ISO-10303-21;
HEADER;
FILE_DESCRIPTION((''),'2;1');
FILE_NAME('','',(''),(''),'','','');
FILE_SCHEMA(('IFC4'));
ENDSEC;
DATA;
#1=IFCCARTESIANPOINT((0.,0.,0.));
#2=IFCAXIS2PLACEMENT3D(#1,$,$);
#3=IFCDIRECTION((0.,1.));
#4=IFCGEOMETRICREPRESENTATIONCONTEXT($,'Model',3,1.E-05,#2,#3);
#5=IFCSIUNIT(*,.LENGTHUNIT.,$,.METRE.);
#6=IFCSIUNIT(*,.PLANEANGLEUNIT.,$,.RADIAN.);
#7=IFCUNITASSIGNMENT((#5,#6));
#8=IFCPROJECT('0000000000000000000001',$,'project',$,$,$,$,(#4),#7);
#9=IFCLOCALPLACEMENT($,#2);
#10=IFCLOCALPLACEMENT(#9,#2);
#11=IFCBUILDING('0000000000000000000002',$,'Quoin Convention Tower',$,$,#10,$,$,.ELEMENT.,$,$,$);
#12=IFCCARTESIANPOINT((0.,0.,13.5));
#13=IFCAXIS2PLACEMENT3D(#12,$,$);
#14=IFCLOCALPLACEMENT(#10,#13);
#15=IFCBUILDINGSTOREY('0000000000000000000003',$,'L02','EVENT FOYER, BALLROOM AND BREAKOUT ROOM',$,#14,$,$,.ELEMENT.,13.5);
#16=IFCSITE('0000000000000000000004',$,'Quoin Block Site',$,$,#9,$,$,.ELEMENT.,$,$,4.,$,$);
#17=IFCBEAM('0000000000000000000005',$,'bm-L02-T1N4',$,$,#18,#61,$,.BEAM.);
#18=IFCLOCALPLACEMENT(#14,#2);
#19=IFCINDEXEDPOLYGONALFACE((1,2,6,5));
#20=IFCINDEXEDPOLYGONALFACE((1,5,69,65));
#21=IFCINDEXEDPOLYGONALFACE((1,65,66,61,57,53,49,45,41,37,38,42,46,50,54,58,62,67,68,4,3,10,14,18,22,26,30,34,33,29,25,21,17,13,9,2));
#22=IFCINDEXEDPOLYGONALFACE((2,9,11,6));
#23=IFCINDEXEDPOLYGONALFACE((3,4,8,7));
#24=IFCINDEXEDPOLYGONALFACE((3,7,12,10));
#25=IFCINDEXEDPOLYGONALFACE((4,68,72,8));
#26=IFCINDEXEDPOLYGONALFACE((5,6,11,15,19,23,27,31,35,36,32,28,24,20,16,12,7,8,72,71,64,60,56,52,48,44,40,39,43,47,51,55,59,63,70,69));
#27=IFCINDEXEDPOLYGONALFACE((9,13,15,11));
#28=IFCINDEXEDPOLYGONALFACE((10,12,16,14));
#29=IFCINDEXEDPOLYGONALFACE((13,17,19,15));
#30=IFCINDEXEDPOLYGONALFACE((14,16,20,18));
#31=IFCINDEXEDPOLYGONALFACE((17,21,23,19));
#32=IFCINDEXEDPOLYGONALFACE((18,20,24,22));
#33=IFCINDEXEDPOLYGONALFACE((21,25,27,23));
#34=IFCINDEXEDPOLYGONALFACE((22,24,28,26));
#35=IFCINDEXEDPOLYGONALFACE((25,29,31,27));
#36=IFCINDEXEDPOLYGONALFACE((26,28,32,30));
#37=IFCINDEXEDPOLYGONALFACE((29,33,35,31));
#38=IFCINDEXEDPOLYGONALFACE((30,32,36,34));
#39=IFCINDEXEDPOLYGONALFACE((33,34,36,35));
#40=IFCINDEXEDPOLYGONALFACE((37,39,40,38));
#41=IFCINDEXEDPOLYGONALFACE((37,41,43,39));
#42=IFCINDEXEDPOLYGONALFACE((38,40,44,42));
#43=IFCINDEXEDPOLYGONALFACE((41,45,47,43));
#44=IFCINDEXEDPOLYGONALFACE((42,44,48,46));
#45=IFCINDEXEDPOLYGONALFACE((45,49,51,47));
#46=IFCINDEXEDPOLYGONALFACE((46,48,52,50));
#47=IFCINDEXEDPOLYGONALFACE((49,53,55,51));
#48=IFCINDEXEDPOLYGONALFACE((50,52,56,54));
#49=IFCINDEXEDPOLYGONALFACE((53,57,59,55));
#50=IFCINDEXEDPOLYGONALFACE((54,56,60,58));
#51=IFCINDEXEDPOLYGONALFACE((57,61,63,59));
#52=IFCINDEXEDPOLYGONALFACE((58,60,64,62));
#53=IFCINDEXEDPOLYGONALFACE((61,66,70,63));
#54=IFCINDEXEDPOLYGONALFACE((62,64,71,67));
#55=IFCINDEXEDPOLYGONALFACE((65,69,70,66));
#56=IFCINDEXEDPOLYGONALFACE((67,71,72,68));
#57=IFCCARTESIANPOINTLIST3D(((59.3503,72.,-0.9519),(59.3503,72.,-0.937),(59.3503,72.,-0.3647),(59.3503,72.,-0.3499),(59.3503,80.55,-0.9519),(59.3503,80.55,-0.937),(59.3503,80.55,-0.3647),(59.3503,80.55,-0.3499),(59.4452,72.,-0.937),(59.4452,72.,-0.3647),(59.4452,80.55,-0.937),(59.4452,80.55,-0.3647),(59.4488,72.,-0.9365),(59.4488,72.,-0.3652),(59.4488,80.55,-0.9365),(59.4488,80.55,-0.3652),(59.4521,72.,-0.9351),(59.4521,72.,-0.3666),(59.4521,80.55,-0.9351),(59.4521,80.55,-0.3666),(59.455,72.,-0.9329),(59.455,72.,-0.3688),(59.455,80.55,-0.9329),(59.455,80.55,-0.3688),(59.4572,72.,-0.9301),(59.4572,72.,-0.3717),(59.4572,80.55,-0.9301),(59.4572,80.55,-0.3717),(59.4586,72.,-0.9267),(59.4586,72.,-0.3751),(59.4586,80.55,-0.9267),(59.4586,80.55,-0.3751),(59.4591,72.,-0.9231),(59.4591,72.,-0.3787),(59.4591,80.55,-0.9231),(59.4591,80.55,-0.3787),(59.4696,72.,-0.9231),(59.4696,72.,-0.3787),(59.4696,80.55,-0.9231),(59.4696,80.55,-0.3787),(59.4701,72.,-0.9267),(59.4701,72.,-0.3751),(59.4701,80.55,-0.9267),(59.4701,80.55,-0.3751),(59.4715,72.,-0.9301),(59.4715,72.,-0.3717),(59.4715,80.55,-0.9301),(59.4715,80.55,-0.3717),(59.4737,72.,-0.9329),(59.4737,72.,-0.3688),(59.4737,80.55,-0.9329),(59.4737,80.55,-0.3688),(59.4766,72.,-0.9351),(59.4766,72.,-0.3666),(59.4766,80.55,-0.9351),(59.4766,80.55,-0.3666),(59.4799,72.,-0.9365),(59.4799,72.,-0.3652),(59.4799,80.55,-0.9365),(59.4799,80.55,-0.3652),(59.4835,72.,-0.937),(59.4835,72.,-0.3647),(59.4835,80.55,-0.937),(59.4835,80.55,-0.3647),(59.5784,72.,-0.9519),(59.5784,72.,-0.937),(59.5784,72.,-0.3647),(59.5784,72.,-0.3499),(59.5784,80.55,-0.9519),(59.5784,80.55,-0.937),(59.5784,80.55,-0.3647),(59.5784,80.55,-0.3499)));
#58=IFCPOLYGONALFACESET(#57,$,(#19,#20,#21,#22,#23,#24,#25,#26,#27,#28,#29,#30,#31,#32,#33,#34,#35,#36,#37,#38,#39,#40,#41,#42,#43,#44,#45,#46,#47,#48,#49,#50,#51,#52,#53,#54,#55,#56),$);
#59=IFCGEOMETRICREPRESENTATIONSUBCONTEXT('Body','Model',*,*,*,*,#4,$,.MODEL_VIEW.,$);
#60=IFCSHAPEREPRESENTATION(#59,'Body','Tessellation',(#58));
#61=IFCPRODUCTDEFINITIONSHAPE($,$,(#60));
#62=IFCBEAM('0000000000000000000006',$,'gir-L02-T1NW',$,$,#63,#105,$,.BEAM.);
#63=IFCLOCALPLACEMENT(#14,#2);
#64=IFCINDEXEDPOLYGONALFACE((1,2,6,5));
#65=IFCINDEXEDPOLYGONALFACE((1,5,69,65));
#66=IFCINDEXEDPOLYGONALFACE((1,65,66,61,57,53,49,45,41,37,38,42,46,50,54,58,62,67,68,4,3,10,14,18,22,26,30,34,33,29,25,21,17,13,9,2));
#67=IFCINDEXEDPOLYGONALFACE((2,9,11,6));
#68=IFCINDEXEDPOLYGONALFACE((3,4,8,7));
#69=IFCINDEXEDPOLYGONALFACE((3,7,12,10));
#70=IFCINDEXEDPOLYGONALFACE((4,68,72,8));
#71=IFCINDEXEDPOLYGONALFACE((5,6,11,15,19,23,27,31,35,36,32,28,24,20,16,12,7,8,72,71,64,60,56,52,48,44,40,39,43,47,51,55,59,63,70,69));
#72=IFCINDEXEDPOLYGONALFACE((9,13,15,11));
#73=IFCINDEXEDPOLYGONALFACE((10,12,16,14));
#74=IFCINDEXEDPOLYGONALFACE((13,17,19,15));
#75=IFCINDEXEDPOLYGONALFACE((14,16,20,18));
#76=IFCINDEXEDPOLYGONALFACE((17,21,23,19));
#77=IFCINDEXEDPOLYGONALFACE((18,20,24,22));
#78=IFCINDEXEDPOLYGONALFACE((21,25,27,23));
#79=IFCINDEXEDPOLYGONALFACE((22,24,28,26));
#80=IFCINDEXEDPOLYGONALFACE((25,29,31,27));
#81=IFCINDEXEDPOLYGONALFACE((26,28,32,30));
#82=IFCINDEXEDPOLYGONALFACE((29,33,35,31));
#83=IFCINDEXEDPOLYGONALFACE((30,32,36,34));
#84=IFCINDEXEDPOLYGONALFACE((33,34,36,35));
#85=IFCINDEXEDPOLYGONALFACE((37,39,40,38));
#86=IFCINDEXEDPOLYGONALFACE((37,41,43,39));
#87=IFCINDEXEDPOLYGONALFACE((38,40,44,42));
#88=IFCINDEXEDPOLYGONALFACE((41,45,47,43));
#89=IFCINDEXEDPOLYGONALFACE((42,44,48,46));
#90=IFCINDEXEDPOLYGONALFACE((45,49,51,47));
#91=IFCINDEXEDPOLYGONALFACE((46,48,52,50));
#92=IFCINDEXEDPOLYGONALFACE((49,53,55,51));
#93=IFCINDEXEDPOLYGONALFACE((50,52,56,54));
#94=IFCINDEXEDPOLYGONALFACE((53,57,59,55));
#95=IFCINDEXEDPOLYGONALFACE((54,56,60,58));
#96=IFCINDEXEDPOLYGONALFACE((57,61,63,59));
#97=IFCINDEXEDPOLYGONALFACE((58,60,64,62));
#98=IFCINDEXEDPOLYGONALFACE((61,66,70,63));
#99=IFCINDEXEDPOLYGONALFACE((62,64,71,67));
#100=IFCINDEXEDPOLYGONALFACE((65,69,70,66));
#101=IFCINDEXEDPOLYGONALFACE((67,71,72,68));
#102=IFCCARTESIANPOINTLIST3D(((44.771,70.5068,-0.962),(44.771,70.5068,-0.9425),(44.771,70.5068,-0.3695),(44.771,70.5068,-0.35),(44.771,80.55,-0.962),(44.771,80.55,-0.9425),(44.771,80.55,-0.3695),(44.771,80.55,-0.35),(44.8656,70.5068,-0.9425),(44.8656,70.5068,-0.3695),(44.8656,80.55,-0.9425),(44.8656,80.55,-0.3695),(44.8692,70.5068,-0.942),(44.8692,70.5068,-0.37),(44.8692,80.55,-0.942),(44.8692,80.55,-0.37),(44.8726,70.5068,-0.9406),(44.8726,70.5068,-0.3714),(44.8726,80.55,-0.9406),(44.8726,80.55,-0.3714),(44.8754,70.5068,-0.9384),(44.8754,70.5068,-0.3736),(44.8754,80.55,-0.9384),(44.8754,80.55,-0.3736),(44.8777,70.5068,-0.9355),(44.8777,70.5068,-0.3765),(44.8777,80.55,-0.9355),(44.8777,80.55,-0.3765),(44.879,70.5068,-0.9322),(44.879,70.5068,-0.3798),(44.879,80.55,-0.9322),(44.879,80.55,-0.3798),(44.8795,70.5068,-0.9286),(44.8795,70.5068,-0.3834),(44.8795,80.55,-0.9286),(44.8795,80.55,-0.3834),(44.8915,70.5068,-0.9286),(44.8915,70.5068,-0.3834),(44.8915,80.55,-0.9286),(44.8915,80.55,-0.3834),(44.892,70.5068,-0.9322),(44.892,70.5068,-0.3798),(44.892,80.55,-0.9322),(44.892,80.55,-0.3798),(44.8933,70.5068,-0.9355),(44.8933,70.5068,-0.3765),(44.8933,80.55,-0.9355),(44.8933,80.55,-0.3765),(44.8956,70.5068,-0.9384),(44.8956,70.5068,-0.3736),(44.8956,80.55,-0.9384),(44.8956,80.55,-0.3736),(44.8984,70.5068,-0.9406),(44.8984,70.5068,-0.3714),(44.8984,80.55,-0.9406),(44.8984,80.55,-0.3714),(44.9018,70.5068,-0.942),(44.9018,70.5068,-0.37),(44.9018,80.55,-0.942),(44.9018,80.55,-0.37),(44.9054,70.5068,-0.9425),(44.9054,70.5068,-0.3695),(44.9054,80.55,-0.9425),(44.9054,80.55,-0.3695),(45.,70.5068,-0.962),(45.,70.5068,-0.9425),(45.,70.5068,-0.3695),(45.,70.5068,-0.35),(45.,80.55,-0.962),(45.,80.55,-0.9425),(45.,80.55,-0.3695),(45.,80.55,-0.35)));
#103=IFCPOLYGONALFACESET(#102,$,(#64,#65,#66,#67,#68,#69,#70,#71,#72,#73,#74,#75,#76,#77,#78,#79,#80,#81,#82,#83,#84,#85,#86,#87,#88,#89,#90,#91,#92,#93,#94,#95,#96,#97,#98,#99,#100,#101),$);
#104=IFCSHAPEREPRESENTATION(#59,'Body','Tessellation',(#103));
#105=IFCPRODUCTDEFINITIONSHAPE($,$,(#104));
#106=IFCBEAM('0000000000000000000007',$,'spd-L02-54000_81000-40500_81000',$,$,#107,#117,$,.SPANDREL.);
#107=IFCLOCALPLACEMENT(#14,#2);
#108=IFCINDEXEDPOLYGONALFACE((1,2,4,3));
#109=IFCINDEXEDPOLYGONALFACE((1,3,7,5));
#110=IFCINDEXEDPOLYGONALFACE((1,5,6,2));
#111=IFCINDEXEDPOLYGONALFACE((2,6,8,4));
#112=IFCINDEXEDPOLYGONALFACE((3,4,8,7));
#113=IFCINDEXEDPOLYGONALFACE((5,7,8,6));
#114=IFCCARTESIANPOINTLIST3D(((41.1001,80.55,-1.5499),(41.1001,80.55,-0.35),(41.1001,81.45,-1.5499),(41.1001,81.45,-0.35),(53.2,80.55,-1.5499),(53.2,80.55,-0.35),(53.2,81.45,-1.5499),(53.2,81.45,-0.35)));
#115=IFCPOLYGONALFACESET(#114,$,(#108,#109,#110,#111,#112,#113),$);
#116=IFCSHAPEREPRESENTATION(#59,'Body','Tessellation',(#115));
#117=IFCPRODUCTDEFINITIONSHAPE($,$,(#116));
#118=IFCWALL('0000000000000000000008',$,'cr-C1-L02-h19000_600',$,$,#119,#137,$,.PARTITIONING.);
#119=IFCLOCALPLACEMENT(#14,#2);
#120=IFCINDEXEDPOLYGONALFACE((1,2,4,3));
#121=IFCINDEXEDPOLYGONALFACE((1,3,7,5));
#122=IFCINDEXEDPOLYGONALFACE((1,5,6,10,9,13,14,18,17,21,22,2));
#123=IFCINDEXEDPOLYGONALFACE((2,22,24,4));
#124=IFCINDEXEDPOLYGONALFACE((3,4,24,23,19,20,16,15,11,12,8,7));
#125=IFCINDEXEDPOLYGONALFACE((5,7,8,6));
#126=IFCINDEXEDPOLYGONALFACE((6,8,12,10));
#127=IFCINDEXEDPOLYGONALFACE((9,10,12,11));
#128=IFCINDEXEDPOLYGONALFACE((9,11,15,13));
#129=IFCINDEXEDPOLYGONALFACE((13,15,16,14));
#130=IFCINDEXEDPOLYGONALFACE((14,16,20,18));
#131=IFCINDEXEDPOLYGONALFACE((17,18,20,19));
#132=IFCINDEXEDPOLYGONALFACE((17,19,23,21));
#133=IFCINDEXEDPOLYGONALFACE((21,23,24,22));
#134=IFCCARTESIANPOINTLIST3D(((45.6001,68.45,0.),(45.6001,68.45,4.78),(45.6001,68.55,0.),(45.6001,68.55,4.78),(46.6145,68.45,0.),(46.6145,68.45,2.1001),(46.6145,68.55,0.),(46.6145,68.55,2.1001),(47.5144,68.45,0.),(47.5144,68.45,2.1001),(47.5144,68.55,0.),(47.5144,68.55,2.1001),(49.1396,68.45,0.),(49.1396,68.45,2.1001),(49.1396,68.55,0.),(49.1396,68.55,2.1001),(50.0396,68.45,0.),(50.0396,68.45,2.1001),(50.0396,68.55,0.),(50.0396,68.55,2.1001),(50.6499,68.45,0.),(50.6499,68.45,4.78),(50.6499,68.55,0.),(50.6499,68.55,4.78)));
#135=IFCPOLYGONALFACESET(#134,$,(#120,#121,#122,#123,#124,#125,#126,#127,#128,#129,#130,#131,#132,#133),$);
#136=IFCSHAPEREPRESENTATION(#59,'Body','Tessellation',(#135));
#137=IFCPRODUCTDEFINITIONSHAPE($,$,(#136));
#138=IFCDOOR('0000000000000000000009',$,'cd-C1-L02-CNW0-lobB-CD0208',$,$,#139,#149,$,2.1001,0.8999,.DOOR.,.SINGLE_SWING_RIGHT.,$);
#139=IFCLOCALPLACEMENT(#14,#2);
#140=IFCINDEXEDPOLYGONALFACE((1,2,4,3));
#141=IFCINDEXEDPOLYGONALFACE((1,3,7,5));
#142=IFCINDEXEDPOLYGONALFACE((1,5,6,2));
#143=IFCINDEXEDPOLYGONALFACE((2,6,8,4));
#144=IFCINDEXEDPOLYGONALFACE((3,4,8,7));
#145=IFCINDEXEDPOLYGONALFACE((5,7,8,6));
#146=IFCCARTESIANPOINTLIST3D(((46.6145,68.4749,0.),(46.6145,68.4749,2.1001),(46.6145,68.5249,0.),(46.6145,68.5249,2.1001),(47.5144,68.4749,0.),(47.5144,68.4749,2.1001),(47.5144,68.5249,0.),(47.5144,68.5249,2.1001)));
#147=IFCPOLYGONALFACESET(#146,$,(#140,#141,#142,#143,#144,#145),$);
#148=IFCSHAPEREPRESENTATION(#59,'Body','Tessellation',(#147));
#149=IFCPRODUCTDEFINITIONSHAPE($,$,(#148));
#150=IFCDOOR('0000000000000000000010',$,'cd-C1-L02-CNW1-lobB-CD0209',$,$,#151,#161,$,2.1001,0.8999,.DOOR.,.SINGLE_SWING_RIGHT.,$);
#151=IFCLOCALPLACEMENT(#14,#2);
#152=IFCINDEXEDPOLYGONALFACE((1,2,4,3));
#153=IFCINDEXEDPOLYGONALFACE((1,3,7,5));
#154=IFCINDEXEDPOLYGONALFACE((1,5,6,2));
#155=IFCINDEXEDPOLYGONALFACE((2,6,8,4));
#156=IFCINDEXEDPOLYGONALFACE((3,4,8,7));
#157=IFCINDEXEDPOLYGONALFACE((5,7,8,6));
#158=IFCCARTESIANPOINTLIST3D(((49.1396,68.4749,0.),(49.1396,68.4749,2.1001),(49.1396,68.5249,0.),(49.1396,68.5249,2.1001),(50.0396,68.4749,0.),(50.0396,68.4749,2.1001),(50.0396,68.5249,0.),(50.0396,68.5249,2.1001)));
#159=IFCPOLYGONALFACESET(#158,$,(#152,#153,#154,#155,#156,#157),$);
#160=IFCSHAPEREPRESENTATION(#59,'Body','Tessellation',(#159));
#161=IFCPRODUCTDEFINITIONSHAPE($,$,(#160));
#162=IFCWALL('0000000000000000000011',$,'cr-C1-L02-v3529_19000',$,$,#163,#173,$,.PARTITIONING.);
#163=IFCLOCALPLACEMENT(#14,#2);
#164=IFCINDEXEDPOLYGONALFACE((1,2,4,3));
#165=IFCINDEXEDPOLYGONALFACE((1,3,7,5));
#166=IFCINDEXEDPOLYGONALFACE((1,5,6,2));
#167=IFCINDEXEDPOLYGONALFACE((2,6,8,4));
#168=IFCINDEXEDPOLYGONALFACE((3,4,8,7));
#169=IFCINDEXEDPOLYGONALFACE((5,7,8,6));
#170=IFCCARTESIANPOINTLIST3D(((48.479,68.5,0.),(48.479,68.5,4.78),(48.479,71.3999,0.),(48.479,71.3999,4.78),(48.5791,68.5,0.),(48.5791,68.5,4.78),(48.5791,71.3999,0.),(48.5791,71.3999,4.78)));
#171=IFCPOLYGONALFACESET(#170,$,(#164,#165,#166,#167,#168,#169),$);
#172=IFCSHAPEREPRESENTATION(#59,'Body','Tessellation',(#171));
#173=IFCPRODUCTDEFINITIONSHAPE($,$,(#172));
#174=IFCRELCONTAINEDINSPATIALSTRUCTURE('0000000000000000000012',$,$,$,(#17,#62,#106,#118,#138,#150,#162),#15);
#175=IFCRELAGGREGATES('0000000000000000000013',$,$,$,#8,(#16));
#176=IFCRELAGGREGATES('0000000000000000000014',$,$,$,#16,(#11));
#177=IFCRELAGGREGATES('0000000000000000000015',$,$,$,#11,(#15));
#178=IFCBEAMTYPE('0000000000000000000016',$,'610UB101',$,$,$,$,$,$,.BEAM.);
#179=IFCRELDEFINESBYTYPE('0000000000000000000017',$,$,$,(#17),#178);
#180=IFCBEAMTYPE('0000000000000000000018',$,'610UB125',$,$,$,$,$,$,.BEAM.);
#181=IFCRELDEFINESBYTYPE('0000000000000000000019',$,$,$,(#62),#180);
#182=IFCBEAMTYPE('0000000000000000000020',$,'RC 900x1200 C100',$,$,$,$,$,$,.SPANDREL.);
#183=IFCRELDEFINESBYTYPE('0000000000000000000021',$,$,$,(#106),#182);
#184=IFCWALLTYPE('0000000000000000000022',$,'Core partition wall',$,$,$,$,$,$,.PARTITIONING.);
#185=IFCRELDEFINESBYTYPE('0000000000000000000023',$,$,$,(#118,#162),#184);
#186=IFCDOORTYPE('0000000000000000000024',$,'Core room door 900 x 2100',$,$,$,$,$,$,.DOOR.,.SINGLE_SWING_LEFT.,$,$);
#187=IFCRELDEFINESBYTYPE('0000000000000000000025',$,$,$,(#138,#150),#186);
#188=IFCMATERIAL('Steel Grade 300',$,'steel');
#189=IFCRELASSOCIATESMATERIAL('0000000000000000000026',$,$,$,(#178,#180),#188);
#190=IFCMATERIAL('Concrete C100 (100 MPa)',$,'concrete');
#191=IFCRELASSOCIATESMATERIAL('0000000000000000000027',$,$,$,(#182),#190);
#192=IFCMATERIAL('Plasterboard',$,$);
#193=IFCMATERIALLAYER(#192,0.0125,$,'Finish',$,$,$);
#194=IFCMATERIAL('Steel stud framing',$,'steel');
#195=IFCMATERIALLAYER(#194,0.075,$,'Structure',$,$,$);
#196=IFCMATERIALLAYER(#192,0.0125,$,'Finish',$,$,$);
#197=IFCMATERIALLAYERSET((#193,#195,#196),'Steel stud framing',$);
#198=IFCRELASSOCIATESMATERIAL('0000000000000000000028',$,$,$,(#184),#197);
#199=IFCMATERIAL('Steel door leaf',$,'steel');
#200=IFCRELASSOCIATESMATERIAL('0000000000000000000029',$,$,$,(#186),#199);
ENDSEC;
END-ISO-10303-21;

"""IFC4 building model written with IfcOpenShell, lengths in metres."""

from ifc_helpers import new_model, si_unit, direction, frame, frame_2d, origin, origin_2d, place, context, subcontext, project, spatial, rectangle, i_section, extrude, material, layer, layer_set, material_profile, profile_set, type_object, element, fill, save


model = new_model("IFC4")

# Units and contexts
model_context = context("Model", 3, precision=1e-05, world=origin(), true_north=direction((0.0, 1.0)))
body_context = subcontext(model_context, "Body", "Model", "MODEL_VIEW")
ifc_project = project(units=[si_unit("LENGTHUNIT", "METRE"), si_unit("PLANEANGLEUNIT", "RADIAN")], contexts=[model_context])

# Site, building, storey
site_placement = place(None, origin())
site = spatial("IfcSite", under=ifc_project, at=site_placement, Name="Quoin Block Site", CompositionType="ELEMENT", RefElevation=4.0)
building_placement = place(site_placement, origin())
building = spatial("IfcBuilding", under=site, at=building_placement, Name="Quoin Convention Tower", CompositionType="ELEMENT")
storey_placement = place(building_placement, frame((0.0, 0.0, 13.5)))
storey = spatial("IfcBuildingStorey", under=building, at=storey_placement, Name="L02", Description="EVENT FOYER, BALLROOM AND BREAKOUT ROOM", CompositionType="ELEMENT", Elevation=13.5)

# Shared definitions
ifc_material_1 = material(Name="Concrete C100 (100 MPa)", Category="concrete")

# Beams
ifc_material_2 = material(Name="Steel Grade 300", Category="steel")
ifc_material_profile_1 = material_profile(ifc_material_2, i_section(OverallWidth=0.228, OverallDepth=0.6021, WebThickness=0.0105, FlangeThickness=0.0149, FilletRadius=0.0139, at=origin_2d()), Name="610UB101")
ifc_profile_set_1 = profile_set([ifc_material_profile_1], Name="Steel Grade 300")
beam_type_1 = type_object("IfcBeamType", Name="610UB101", PredefinedType="BEAM", material=ifc_profile_set_1)
for number, where, z_axis, x_axis, name in (
    (1, (59.4644, 72.0, -0.6509), (0.0, 1.0, 0.0), (-1.0, 0.0, 0.0), "bm-L02-T1N4"),
):
    element("IfcBeam", number, at=place(storey_placement, frame(where, z_axis=z_axis, x_axis=x_axis)), inside=storey, type_object=beam_type_1, Name=name, PredefinedType="BEAM", context=body_context, shape_type="SweptSolid", body=[
        extrude(i_section(OverallWidth=0.228, OverallDepth=0.6021, WebThickness=0.0105, FlangeThickness=0.0149, FilletRadius=0.0139, at=origin_2d()), origin(), (0.0, 0.0, 1.0), 8.55),
    ])
ifc_material_profile_2 = material_profile(ifc_material_2, i_section(OverallWidth=0.229, OverallDepth=0.6121, WebThickness=0.012, FlangeThickness=0.0195, FilletRadius=0.0139, at=origin_2d()), Name="610UB125")
ifc_profile_set_2 = profile_set([ifc_material_profile_2], Name="Steel Grade 300")
beam_type_2 = type_object("IfcBeamType", Name="610UB125", PredefinedType="BEAM", material=ifc_profile_set_2)
beam_1_placement = place(storey_placement, frame((44.8855, 80.55, -0.656), z_axis=(0.0, -1.0, 0.0), x_axis=(1.0, 0.0, 0.0)))
element("IfcBeam", 2, at=beam_1_placement, inside=storey, type_object=beam_type_2, Name="gir-L02-T1NW", PredefinedType="BEAM", context=body_context, shape_type="SweptSolid", body=[
    extrude(i_section(OverallWidth=0.229, OverallDepth=0.6121, WebThickness=0.012, FlangeThickness=0.0195, FilletRadius=0.0139, at=origin_2d()), origin(), (0.0, 0.0, 1.0), 10.0432),
])
ifc_material_profile_3 = material_profile(ifc_material_1, rectangle(XDim=0.8999, YDim=1.2, at=origin_2d()), Name="RC 900x1200")
ifc_profile_set_3 = profile_set([ifc_material_profile_3], Name="Concrete C100 (100 MPa)")
beam_type_3 = type_object("IfcBeamType", Name="RC 900x1200 C100", PredefinedType="SPANDREL", material=ifc_profile_set_3)
beam_2_placement = place(storey_placement, frame((53.2, 81.0, -0.95), z_axis=(-1.0, 0.0, 0.0), x_axis=(0.0, -1.0, 0.0)))
element("IfcBeam", 3, at=beam_2_placement, inside=storey, type_object=beam_type_3, Name="spd-L02-54000_81000-40500_81000", PredefinedType="SPANDREL", context=body_context, shape_type="SweptSolid", body=[
    extrude(rectangle(XDim=0.8999, YDim=1.2, at=origin_2d()), origin(), (0.0, 0.0, 1.0), 12.0999),
])

# Wall, openings, doors
ifc_material_3 = material(Name="Plasterboard")
ifc_layer_1 = layer(ifc_material_3, 0.0125, Name="Finish")
ifc_material_4 = material(Name="Steel stud framing", Category="steel")
ifc_layer_2 = layer(ifc_material_4, 0.075, Name="Structure")
ifc_layer_3 = layer(ifc_material_3, 0.0125, Name="Finish")
ifc_layer_set_1 = layer_set([ifc_layer_1, ifc_layer_2, ifc_layer_3], Name="Steel stud framing")
wall_type_1 = type_object("IfcWallType", Name="Core partition wall", PredefinedType="PARTITIONING", material=ifc_layer_set_1)
wall_1_placement = place(storey_placement, frame((45.6001, 68.5, 0.0), z_axis=(0.0, 0.0, 1.0), x_axis=(1.0, 0.0, 0.0)))
wall_1 = element("IfcWall", 4, at=wall_1_placement, inside=storey, type_object=wall_type_1, Name="cr-C1-L02-h19000_600", PredefinedType="PARTITIONING", context=body_context, shape_type="SweptSolid", body=[
    extrude(rectangle(XDim=5.0498, YDim=0.1001, at=frame_2d((2.5249, 0.0))), origin(), (0.0, 0.0, 1.0), 4.78),
])
opening_1_placement = place(wall_1_placement, frame((1.0144, 0.0, 0.0)))
opening_1 = element("IfcOpeningElement", 5, at=opening_1_placement, cuts=wall_1, PredefinedType="OPENING", context=body_context, shape_type="SweptSolid", body=[
    extrude(rectangle(XDim=0.8999, YDim=2.1001, at=frame_2d((0.45, 1.05))), frame((0.0, 0.0601, 0.0), z_axis=(0.0, -1.0, 0.0), x_axis=(1.0, 0.0, 0.0)), (0.0, 0.0, 1.0), 0.1201),
])
opening_2_placement = place(wall_1_placement, frame((3.5396, 0.0, 0.0)))
opening_2 = element("IfcOpeningElement", 6, at=opening_2_placement, cuts=wall_1, PredefinedType="OPENING", context=body_context, shape_type="SweptSolid", body=[
    extrude(rectangle(XDim=0.8999, YDim=2.1001, at=frame_2d((0.45, 1.05))), frame((0.0, 0.0601, 0.0), z_axis=(0.0, -1.0, 0.0), x_axis=(1.0, 0.0, 0.0)), (0.0, 0.0, 1.0), 0.1201),
])
ifc_material_5 = material(Name="Steel door leaf", Category="steel")
door_type_1 = type_object("IfcDoorType", Name="Core room door 900 x 2100", OperationType="SINGLE_SWING_LEFT", PredefinedType="DOOR", material=ifc_material_5)
door_1_placement = place(opening_1_placement, origin())
door_1 = element("IfcDoor", 7, at=door_1_placement, inside=storey, type_object=door_type_1, Name="cd-C1-L02-CNW0-lobB-CD0208", OperationType="SINGLE_SWING_RIGHT", OverallHeight=2.1001, OverallWidth=0.8999, PredefinedType="DOOR", context=body_context, shape_type="SweptSolid", body=[
    extrude(rectangle(XDim=0.8999, YDim=2.1001, at=frame_2d((0.45, 1.05))), frame((0.0, 0.0249, 0.0), z_axis=(0.0, -1.0, 0.0), x_axis=(1.0, 0.0, 0.0)), (0.0, 0.0, 1.0), 0.05),
])
fill(opening_1, door_1)
door_2_placement = place(opening_2_placement, origin())
door_2 = element("IfcDoor", 8, at=door_2_placement, inside=storey, type_object=door_type_1, Name="cd-C1-L02-CNW1-lobB-CD0209", OperationType="SINGLE_SWING_RIGHT", OverallHeight=2.1001, OverallWidth=0.8999, PredefinedType="DOOR", context=body_context, shape_type="SweptSolid", body=[
    extrude(rectangle(XDim=0.8999, YDim=2.1001, at=frame_2d((0.45, 1.05))), frame((0.0, 0.0249, 0.0), z_axis=(0.0, -1.0, 0.0), x_axis=(1.0, 0.0, 0.0)), (0.0, 0.0, 1.0), 0.05),
])
fill(opening_2, door_2)

# Wall
wall_2_placement = place(storey_placement, frame((48.5291, 68.5, 0.0), z_axis=(0.0, 0.0, 1.0), x_axis=(0.0, 1.0, 0.0)))
element("IfcWall", 9, at=wall_2_placement, inside=storey, type_object=wall_type_1, Name="cr-C1-L02-v3529_19000", PredefinedType="PARTITIONING", context=body_context, shape_type="SweptSolid", body=[
    extrude(rectangle(XDim=2.8999, YDim=0.1001, at=frame_2d((1.45, 0.0))), origin(), (0.0, 0.0, 1.0), 4.78),
])

save(model, "model.ifc")
